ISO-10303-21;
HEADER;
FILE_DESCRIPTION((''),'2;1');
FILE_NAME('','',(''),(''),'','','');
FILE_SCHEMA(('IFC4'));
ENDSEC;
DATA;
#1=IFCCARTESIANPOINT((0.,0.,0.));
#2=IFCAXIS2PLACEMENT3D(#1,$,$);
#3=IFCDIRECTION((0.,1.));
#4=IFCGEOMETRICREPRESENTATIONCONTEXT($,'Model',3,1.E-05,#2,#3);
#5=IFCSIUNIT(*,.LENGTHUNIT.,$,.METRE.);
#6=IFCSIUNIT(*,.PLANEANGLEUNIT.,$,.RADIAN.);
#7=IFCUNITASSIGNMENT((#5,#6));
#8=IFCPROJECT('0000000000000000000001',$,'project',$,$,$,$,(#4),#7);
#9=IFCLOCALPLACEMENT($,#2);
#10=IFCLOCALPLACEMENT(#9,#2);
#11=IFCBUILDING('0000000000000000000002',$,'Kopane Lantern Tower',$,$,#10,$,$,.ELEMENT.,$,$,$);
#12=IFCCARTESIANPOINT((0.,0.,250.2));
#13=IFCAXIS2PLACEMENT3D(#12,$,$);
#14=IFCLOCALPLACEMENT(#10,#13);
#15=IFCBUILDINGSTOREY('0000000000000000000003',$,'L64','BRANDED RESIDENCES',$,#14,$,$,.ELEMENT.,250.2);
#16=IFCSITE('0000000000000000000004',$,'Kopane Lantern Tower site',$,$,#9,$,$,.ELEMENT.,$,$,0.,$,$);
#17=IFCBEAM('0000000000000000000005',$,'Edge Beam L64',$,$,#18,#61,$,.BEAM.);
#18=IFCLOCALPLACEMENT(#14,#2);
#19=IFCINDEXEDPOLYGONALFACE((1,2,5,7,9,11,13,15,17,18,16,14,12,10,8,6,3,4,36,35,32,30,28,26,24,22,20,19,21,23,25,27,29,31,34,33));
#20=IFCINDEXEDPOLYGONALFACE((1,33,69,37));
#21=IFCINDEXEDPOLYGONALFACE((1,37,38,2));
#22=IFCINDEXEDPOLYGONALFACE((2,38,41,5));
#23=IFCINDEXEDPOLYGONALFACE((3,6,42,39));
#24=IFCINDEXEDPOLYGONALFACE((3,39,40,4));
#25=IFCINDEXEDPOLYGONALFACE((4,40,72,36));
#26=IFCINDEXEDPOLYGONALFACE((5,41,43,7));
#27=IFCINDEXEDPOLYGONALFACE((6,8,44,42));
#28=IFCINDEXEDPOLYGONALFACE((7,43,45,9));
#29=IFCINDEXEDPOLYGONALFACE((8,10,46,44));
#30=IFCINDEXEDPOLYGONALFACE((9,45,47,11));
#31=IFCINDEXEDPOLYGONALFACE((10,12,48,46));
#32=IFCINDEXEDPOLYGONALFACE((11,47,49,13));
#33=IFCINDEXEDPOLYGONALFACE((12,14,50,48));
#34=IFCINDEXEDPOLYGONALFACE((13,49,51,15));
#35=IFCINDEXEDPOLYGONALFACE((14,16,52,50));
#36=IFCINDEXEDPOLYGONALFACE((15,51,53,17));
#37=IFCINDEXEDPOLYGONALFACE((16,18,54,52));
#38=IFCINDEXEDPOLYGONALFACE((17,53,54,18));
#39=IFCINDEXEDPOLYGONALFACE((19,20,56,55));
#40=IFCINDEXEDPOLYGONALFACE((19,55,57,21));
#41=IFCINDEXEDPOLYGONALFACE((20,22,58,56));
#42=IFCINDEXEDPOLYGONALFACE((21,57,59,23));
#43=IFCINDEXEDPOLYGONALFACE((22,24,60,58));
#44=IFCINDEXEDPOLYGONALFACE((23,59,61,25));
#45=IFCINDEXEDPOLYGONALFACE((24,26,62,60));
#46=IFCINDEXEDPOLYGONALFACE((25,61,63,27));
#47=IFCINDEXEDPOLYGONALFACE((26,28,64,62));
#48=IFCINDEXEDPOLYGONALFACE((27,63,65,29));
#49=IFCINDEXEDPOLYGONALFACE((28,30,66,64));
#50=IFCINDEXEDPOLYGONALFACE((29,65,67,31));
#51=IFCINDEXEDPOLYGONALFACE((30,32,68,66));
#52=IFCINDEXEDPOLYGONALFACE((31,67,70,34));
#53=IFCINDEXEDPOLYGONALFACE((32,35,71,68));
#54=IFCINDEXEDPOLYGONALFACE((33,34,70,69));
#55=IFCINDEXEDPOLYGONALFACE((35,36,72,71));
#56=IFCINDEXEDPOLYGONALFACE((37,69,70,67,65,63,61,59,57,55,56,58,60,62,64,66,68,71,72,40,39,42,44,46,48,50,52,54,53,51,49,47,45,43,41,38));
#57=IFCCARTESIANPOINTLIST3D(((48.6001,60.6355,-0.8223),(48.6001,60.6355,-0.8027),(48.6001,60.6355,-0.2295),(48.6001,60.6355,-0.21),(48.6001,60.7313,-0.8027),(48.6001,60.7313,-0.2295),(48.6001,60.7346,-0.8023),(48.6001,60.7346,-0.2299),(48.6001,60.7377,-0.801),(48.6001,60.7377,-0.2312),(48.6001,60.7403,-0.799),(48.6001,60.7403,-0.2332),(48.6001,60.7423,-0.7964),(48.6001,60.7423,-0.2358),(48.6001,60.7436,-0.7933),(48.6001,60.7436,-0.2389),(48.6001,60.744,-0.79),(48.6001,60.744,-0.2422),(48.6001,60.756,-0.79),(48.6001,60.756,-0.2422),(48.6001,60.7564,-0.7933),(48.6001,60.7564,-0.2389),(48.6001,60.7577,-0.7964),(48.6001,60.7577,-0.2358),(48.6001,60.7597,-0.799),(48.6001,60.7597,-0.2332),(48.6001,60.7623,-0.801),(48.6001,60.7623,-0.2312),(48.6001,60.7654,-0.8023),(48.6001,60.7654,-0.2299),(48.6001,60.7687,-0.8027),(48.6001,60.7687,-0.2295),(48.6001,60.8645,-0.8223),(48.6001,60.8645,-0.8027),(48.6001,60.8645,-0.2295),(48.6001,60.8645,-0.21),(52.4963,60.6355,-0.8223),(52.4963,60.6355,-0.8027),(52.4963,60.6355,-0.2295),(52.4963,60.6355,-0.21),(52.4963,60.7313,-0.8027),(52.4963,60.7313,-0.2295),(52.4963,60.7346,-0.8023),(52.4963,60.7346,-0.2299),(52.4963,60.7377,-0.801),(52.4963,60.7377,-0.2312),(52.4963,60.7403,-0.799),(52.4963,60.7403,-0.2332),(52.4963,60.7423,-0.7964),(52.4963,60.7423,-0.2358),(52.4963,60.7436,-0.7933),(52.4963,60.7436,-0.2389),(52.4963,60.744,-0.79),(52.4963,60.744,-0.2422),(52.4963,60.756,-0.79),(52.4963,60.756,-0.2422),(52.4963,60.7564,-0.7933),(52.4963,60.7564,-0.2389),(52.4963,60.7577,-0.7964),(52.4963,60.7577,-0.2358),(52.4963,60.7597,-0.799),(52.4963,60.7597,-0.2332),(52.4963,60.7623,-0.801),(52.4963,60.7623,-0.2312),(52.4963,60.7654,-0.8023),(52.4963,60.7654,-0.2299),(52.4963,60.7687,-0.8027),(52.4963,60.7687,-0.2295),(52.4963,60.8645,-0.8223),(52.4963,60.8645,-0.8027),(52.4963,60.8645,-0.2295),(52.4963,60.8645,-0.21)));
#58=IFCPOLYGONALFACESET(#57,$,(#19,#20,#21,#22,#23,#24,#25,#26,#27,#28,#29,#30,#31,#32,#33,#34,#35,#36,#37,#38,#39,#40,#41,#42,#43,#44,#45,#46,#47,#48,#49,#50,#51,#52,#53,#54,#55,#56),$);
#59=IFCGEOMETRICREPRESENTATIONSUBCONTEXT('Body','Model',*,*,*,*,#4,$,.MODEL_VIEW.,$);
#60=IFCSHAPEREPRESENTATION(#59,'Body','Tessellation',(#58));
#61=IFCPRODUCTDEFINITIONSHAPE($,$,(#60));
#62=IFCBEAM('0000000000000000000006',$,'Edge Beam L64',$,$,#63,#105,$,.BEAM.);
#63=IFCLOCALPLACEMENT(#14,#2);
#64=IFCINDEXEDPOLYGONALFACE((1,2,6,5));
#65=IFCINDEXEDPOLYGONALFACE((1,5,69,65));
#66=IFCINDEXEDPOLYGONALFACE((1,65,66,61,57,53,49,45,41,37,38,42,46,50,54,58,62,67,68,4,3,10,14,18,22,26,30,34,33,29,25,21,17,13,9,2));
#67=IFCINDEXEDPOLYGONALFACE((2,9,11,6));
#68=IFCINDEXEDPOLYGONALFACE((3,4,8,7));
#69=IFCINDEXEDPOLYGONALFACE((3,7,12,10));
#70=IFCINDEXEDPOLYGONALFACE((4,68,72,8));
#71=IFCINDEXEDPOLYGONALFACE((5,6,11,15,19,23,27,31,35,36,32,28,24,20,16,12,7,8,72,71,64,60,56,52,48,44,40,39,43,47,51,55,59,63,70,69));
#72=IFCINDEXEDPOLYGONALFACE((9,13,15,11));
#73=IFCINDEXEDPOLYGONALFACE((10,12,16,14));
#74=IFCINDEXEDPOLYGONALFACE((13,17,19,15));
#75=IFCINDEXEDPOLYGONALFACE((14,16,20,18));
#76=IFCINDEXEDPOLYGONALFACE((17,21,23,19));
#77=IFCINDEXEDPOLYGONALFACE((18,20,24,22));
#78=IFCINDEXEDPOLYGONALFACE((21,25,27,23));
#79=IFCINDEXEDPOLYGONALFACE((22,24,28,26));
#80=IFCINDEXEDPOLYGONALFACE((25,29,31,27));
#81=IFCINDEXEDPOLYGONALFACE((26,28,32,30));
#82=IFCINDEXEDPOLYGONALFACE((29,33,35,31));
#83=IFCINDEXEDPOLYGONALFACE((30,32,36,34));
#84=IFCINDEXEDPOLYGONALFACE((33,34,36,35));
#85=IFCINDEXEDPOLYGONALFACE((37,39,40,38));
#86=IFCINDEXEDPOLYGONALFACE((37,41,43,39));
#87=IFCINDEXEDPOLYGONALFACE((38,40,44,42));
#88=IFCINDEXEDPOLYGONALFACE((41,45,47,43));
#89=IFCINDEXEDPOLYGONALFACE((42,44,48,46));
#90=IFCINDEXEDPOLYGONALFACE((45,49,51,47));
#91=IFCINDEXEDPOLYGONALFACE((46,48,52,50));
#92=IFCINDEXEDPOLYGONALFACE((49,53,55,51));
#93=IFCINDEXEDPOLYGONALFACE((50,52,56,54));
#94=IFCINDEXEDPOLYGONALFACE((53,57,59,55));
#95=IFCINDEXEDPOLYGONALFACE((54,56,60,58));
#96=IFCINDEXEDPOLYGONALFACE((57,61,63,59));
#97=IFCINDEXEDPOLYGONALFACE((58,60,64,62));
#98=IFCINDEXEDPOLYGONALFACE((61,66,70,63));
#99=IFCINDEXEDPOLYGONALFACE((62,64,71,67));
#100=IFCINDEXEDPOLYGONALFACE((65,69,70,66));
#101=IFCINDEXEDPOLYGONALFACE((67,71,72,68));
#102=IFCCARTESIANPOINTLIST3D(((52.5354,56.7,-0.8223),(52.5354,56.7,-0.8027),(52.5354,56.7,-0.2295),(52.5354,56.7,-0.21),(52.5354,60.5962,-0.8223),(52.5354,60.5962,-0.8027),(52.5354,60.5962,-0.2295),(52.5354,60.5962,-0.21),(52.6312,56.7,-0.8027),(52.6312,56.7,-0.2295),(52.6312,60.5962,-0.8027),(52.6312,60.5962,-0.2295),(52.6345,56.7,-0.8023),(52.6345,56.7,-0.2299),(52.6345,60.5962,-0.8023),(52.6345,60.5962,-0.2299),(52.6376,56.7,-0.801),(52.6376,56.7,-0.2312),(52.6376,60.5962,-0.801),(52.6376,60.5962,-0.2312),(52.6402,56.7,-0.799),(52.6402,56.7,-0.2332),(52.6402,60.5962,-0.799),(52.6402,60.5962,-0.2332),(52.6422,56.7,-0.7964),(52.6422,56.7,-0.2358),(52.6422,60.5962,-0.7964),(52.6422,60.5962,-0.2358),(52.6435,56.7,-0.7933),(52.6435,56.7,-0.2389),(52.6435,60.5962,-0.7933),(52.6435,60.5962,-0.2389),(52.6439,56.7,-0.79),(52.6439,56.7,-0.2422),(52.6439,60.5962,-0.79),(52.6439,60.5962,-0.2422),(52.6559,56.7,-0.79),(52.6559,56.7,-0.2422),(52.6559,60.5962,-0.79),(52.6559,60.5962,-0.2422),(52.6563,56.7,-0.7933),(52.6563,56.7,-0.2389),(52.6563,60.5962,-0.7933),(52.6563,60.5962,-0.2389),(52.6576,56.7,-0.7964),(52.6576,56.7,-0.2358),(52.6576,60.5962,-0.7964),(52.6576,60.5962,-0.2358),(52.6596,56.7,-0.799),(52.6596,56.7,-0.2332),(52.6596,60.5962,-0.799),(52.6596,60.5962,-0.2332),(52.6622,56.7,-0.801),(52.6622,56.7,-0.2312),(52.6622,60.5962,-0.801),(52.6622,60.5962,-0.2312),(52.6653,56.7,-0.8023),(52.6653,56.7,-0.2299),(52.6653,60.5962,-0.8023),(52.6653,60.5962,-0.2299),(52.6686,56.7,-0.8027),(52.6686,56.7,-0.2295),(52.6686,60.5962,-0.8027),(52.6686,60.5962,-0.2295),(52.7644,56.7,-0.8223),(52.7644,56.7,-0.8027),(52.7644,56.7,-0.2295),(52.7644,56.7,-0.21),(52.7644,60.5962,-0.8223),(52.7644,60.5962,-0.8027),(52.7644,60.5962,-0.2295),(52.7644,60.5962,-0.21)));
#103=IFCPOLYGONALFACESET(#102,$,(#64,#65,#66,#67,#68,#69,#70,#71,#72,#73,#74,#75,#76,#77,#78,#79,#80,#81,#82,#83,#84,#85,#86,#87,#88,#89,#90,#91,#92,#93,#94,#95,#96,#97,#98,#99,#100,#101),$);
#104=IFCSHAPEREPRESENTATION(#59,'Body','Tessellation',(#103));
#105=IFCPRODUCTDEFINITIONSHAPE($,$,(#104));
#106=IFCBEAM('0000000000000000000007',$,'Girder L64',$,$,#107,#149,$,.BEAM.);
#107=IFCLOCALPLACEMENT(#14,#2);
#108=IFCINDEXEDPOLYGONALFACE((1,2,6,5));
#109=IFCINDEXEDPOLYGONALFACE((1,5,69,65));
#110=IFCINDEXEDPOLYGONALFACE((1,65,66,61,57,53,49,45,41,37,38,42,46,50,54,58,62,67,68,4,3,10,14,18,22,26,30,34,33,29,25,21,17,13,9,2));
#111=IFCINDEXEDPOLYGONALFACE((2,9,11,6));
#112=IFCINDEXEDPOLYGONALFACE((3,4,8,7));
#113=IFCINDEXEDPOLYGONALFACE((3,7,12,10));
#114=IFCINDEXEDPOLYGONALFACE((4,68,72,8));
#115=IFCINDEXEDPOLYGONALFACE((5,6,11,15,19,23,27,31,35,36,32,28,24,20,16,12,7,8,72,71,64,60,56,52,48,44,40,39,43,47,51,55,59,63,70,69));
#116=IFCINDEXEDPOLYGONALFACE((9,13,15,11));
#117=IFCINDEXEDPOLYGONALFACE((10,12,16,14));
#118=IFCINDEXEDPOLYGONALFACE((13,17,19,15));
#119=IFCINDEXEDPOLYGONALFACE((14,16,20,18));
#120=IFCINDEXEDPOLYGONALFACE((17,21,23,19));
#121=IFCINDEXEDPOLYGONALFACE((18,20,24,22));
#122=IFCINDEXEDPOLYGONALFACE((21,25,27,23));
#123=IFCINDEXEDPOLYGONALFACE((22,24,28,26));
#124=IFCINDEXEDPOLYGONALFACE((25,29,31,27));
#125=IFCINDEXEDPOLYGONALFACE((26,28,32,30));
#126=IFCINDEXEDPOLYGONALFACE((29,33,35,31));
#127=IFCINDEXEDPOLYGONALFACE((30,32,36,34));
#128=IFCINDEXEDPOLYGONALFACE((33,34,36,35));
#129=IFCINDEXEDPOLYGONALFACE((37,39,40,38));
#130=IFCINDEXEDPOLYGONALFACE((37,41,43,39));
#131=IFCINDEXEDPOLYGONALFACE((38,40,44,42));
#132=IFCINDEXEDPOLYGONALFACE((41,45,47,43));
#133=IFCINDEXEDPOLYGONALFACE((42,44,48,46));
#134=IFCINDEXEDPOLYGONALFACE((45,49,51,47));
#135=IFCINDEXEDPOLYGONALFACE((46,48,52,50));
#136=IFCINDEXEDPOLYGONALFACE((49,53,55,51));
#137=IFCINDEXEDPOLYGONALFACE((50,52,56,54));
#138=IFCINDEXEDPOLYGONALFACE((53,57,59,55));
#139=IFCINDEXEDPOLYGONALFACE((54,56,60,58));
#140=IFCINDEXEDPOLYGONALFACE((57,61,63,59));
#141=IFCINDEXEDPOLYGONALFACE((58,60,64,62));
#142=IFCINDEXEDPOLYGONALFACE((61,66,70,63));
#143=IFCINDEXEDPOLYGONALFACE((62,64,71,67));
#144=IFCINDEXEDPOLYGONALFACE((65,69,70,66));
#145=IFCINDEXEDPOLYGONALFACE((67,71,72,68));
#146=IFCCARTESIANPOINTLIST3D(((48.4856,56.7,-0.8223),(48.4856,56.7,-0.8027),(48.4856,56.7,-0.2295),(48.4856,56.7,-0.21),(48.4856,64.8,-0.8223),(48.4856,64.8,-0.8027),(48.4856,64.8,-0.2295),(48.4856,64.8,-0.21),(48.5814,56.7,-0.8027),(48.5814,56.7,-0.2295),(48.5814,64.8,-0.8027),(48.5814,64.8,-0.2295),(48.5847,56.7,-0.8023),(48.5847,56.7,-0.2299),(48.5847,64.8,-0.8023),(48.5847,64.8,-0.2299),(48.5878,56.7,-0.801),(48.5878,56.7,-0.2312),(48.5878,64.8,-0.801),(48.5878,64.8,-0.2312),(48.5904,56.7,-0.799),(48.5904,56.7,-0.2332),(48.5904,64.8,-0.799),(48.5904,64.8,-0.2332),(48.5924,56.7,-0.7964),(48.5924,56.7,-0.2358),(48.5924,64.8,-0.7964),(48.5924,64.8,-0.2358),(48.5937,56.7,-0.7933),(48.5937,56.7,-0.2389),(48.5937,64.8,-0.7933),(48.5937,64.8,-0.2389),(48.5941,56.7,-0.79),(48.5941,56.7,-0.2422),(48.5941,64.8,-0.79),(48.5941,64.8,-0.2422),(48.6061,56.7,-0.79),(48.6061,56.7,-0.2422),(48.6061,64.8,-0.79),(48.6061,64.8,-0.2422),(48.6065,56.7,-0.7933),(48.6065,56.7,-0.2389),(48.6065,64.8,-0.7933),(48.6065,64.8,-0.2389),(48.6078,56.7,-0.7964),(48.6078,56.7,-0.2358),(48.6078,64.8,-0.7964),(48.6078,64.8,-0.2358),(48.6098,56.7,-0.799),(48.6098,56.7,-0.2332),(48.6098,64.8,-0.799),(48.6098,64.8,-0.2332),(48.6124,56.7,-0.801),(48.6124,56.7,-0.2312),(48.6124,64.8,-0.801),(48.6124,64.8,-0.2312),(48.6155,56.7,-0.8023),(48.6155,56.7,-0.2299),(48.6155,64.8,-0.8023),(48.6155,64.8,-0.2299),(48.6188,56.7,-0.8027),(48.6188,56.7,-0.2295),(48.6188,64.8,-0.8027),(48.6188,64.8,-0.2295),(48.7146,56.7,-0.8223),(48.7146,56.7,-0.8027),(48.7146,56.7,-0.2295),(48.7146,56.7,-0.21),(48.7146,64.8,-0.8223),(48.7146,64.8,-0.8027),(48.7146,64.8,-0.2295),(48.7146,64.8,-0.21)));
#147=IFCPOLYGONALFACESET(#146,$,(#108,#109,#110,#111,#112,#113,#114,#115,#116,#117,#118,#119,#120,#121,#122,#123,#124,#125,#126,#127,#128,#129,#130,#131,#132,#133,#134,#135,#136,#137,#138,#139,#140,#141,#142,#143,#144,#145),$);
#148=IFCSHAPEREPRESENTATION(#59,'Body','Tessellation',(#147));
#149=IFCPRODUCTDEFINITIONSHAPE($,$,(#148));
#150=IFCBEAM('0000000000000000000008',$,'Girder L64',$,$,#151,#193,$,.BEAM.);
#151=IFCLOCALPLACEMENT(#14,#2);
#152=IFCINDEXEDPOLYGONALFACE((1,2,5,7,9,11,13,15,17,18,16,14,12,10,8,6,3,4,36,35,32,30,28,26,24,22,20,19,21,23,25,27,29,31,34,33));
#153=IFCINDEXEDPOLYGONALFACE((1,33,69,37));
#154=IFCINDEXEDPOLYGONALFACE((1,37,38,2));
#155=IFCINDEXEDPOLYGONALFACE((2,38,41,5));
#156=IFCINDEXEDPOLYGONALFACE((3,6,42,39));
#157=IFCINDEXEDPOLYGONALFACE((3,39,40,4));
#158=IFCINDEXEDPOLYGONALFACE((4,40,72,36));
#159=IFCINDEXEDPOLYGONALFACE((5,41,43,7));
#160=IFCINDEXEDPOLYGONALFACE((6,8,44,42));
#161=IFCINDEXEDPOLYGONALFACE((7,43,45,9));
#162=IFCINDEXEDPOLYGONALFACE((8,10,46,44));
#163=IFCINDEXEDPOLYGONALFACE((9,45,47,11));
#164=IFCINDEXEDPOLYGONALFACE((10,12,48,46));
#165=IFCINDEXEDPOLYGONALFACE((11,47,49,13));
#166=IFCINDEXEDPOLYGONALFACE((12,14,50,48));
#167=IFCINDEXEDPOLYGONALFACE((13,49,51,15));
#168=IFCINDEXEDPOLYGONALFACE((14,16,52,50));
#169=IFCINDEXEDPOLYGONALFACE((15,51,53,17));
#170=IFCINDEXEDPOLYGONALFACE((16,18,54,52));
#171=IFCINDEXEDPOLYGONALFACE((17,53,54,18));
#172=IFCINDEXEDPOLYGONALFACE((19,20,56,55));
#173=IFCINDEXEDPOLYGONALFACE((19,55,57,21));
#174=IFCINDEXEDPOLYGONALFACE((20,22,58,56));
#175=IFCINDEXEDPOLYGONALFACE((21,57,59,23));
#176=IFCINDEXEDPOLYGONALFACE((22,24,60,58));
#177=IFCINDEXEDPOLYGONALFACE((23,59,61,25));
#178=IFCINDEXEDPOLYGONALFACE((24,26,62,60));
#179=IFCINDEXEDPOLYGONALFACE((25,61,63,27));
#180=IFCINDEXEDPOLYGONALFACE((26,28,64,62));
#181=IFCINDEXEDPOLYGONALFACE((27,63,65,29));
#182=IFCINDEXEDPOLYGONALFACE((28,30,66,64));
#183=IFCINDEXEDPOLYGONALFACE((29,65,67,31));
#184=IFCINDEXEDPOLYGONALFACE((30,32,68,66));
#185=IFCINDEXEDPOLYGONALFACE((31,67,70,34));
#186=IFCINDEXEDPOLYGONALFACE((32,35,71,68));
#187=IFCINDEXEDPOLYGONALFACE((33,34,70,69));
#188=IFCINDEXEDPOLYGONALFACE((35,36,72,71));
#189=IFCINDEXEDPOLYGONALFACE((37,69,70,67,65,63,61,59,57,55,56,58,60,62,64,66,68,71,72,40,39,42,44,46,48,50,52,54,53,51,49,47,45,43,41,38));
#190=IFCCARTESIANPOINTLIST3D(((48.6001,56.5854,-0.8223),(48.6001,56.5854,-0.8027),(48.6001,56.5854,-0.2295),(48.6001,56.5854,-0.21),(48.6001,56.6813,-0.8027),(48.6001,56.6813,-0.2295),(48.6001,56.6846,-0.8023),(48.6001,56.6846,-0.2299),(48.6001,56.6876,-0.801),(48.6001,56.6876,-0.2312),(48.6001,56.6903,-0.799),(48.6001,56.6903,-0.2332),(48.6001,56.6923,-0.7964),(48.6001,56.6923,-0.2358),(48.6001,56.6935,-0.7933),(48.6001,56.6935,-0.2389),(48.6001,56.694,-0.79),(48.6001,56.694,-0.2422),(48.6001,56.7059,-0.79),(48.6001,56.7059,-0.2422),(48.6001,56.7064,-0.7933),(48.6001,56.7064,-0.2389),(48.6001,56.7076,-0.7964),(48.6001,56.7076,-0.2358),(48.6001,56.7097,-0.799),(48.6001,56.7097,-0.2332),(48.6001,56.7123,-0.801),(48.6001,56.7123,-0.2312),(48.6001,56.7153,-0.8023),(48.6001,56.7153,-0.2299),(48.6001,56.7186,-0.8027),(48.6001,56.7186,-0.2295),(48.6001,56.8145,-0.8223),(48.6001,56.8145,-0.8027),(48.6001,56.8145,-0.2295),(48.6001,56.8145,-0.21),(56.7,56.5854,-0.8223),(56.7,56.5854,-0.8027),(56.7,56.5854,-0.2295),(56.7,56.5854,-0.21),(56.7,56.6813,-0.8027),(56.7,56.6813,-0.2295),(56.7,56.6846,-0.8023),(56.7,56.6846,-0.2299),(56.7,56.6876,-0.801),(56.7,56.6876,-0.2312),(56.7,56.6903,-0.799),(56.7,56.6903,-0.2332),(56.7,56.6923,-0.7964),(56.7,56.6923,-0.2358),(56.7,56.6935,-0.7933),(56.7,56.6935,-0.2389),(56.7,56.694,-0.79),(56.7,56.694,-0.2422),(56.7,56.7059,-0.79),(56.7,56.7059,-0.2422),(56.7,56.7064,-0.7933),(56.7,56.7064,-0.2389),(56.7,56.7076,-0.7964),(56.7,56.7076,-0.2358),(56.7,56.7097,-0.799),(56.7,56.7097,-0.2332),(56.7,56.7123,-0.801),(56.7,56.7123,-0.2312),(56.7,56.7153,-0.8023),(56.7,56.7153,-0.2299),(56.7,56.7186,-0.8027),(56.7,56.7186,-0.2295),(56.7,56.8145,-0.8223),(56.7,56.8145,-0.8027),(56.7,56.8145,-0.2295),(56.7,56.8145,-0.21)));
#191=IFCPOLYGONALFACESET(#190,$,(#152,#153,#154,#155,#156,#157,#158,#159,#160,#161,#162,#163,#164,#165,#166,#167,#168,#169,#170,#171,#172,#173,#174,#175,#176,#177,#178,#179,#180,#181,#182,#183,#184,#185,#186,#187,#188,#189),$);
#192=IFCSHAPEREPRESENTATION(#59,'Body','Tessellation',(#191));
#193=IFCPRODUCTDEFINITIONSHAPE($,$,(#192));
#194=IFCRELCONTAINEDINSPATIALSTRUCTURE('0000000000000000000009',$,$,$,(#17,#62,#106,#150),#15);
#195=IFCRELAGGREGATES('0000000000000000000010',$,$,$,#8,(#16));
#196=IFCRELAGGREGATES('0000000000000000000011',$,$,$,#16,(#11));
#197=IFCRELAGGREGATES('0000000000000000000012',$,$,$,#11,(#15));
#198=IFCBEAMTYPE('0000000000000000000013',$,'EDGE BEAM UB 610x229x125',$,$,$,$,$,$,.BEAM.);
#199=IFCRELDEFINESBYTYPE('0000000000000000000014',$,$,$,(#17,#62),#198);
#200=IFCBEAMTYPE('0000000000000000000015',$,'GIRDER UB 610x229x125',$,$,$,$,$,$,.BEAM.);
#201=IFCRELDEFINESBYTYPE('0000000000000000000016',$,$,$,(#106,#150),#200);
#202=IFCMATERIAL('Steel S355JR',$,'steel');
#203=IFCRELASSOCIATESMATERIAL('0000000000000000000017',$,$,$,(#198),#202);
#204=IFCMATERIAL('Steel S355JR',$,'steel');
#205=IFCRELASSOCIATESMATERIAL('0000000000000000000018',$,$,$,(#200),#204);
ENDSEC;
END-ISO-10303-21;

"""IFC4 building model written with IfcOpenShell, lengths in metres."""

from ifc_helpers import new_model, si_unit, direction, frame, origin, origin_2d, place, context, subcontext, project, spatial, i_section, extrude, material, material_profile, profile_set, type_object, element, save


model = new_model("IFC4")

# Units and contexts
model_context = context("Model", 3, precision=1e-05, world=origin(), true_north=direction((0.0, 1.0)))
body_context = subcontext(model_context, "Body", "Model", "MODEL_VIEW")
ifc_project = project(units=[si_unit("LENGTHUNIT", "METRE"), si_unit("PLANEANGLEUNIT", "RADIAN")], contexts=[model_context])

# Site, building, storey
site_placement = place(None, origin())
site = spatial("IfcSite", under=ifc_project, at=site_placement, Name="Kopane Lantern Tower site", CompositionType="ELEMENT", RefElevation=0.0)
building_placement = place(site_placement, origin())
building = spatial("IfcBuilding", under=site, at=building_placement, Name="Kopane Lantern Tower", CompositionType="ELEMENT")
storey_placement = place(building_placement, frame((0.0, 0.0, 250.2)))
storey = spatial("IfcBuildingStorey", under=building, at=storey_placement, Name="L64", Description="BRANDED RESIDENCES", CompositionType="ELEMENT", Elevation=250.2)

# Beams
ifc_material_1 = material(Name="Steel S355JR", Category="steel")
ifc_material_profile_1 = material_profile(ifc_material_1, i_section(OverallWidth=0.229, OverallDepth=0.6123, WebThickness=0.012, FlangeThickness=0.0195, FilletRadius=0.0127, at=origin_2d()), Name="UB 610x229x125")
ifc_profile_set_1 = profile_set([ifc_material_profile_1], Name="Steel S355JR")
beam_type_1 = type_object("IfcBeamType", Name="EDGE BEAM UB 610x229x125", PredefinedType="BEAM", material=ifc_profile_set_1)
for number, where, z_axis, x_axis, name in (
    (1, (52.4963, 60.75, -0.5161), (-1.0, 0.0, 0.0), (0.0, -1.0, 0.0), "Edge Beam L64"),
    (2, (52.6499, 60.5962, -0.5161), (0.0, -1.0, 0.0), (1.0, 0.0, 0.0), "Edge Beam L64"),
):
    element("IfcBeam", number, at=place(storey_placement, frame(where, z_axis=z_axis, x_axis=x_axis)), inside=storey, type_object=beam_type_1, Name=name, PredefinedType="BEAM", context=body_context, shape_type="SweptSolid", body=[
        extrude(i_section(OverallWidth=0.229, OverallDepth=0.6123, WebThickness=0.012, FlangeThickness=0.0195, FilletRadius=0.0127, at=origin_2d()), origin(), (0.0, 0.0, 1.0), 3.8962),
    ])
ifc_material_2 = material(Name="Steel S355JR", Category="steel")
ifc_material_profile_2 = material_profile(ifc_material_2, i_section(OverallWidth=0.229, OverallDepth=0.6123, WebThickness=0.012, FlangeThickness=0.0195, FilletRadius=0.0127, at=origin_2d()), Name="UB 610x229x125")
ifc_profile_set_2 = profile_set([ifc_material_profile_2], Name="Steel S355JR")
beam_type_2 = type_object("IfcBeamType", Name="GIRDER UB 610x229x125", PredefinedType="BEAM", material=ifc_profile_set_2)
beam_1_placement = place(storey_placement, frame((48.6001, 56.7, -0.5161), z_axis=(0.0, 1.0, 0.0), x_axis=(-1.0, 0.0, 0.0)))
element("IfcBeam", 3, at=beam_1_placement, inside=storey, type_object=beam_type_2, Name="Girder L64", PredefinedType="BEAM", context=body_context, shape_type="SweptSolid", body=[
    extrude(i_section(OverallWidth=0.229, OverallDepth=0.6123, WebThickness=0.012, FlangeThickness=0.0195, FilletRadius=0.0127, at=origin_2d()), origin(), (0.0, 0.0, 1.0), 8.1001),
])
beam_2_placement = place(storey_placement, frame((48.6001, 56.7, -0.5161), z_axis=(1.0, 0.0, 0.0), x_axis=(0.0, 1.0, 0.0)))
element("IfcBeam", 4, at=beam_2_placement, inside=storey, type_object=beam_type_2, Name="Girder L64", PredefinedType="BEAM", context=body_context, shape_type="SweptSolid", body=[
    extrude(i_section(OverallWidth=0.229, OverallDepth=0.6123, WebThickness=0.012, FlangeThickness=0.0195, FilletRadius=0.0127, at=origin_2d()), origin(), (0.0, 0.0, 1.0), 8.0999),
])

save(model, "model.ifc")
